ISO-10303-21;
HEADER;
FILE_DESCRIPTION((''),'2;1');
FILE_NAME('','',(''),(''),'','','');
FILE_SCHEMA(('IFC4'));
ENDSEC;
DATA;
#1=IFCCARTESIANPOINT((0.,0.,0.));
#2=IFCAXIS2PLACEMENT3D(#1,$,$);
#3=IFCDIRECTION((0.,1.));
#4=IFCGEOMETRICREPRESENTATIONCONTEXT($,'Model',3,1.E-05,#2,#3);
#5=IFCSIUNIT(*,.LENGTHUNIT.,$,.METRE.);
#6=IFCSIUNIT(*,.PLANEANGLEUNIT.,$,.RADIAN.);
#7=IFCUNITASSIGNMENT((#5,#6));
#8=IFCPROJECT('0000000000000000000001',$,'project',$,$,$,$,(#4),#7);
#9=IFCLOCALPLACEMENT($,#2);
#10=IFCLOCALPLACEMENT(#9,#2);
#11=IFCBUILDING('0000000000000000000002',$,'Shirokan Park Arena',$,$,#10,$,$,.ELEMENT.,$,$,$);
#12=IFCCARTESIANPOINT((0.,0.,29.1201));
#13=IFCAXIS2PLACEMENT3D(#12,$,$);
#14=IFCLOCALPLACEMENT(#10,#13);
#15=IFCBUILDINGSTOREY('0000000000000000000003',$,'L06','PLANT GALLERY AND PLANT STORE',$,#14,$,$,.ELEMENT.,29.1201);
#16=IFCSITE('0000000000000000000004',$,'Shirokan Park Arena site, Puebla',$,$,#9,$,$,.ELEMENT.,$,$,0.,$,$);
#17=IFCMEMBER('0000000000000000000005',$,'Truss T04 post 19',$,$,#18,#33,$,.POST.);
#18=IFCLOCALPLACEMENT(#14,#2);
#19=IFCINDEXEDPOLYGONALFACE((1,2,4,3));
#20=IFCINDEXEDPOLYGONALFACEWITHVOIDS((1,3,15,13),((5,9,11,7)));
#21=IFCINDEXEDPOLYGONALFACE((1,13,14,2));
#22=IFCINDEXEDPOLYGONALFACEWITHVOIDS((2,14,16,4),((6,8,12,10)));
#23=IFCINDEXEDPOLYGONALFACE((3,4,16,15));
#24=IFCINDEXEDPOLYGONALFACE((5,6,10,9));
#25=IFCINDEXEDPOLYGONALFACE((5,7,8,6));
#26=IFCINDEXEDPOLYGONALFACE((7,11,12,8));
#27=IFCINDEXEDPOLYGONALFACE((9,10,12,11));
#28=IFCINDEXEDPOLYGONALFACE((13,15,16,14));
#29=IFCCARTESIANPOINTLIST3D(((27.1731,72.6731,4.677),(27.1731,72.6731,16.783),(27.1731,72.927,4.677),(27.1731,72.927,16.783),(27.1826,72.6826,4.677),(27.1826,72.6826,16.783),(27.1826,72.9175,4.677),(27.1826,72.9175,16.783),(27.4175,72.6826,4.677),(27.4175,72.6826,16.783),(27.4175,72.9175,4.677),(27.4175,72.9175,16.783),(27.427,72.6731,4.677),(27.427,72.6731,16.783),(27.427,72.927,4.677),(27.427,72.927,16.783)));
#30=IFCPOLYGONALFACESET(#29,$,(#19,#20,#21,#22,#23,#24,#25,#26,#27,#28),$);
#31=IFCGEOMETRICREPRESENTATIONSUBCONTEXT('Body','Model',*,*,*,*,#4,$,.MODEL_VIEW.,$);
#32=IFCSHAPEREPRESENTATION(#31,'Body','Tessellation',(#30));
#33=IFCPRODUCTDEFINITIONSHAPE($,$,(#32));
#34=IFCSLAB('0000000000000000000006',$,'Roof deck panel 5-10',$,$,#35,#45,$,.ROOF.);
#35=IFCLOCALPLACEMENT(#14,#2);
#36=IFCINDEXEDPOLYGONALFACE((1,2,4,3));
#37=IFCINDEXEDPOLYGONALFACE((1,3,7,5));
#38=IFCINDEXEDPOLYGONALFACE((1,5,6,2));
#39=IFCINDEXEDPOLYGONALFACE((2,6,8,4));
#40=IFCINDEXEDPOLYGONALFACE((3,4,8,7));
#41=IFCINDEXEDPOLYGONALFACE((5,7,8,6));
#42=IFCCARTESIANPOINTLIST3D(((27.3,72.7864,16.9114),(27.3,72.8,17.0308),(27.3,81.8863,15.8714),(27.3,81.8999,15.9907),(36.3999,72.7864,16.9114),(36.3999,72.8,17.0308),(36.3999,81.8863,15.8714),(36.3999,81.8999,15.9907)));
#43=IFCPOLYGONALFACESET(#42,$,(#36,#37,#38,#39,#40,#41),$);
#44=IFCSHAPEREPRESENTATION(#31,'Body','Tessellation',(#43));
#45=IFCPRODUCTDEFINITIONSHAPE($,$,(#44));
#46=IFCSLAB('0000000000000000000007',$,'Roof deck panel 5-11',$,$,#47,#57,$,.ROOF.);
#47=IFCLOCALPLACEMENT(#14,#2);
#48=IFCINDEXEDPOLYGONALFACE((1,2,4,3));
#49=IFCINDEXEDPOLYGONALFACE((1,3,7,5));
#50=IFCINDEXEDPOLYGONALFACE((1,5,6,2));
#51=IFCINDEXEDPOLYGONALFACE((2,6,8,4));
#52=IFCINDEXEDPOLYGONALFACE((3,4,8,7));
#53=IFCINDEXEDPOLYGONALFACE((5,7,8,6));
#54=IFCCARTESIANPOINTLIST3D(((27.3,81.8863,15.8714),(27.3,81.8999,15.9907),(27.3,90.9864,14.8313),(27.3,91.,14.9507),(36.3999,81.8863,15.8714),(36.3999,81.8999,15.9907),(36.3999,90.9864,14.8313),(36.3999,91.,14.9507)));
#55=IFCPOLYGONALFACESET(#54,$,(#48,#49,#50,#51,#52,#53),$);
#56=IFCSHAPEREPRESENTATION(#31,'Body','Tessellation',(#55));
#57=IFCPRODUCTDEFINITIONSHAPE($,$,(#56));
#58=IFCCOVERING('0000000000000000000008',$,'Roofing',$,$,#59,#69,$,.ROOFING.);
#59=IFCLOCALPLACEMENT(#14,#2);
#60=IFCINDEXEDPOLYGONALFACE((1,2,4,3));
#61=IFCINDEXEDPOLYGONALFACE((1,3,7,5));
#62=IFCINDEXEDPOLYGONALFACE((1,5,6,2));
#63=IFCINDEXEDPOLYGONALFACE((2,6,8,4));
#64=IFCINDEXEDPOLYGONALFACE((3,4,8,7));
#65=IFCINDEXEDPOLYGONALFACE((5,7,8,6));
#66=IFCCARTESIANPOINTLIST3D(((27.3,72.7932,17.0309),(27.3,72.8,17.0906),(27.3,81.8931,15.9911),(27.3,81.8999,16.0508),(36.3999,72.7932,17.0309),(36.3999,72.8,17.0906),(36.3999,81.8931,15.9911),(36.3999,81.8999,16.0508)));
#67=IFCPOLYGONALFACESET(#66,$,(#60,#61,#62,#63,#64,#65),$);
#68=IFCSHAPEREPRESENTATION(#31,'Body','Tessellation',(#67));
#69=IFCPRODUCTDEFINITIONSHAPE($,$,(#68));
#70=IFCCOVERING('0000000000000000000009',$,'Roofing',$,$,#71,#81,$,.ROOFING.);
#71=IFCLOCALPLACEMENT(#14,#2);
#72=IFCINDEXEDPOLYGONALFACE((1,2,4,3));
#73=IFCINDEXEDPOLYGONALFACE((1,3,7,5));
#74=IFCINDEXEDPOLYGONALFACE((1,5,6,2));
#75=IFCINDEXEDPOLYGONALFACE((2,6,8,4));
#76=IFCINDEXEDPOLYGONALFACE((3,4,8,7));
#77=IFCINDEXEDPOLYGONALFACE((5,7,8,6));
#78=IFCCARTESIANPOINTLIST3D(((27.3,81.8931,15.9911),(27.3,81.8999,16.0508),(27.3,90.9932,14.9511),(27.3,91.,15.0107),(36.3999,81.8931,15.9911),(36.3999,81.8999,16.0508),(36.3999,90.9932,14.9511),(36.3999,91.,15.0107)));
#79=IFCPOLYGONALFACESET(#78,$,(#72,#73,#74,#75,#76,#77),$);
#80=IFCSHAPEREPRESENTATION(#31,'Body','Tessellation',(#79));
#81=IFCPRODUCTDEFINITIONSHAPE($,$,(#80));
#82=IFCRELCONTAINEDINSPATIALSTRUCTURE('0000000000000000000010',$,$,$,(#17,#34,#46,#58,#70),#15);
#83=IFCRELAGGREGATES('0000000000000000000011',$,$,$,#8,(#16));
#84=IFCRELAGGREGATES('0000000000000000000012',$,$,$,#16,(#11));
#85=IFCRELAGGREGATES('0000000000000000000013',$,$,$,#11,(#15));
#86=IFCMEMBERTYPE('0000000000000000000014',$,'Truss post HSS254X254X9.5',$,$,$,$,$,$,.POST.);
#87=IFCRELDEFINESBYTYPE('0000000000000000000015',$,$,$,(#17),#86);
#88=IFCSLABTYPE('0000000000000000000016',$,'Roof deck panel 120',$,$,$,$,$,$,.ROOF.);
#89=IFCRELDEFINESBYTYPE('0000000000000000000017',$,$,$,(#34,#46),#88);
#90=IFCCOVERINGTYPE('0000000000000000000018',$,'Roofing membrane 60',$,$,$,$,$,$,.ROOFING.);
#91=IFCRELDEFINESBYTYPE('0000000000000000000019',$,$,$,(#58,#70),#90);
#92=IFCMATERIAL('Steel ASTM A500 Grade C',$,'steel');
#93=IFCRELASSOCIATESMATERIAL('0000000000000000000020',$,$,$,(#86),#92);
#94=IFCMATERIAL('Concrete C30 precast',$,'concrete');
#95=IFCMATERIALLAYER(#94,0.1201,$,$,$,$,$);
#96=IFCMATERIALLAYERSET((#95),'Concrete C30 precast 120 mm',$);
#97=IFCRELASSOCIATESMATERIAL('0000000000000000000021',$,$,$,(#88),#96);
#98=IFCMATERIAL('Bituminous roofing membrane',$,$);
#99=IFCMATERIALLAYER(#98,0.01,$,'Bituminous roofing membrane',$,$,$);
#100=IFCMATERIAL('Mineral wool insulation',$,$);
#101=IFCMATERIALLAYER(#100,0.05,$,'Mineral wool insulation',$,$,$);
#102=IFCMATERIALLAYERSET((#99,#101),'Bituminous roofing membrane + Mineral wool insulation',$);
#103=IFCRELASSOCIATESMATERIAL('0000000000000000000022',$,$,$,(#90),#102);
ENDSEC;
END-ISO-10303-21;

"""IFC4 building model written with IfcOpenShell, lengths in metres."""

from ifc_helpers import new_model, si_unit, direction, frame, origin, origin_2d, place, context, subcontext, project, spatial, polyline, hollow_rectangle, outline, extrude, material, layer, layer_set, material_profile, profile_set, type_object, element, save


model = new_model("IFC4")

# Units and contexts
model_context = context("Model", 3, precision=1e-05, world=origin(), true_north=direction((0.0, 1.0)))
body_context = subcontext(model_context, "Body", "Model", "MODEL_VIEW")
ifc_project = project(units=[si_unit("LENGTHUNIT", "METRE"), si_unit("PLANEANGLEUNIT", "RADIAN")], contexts=[model_context])

# Site, building, storey
site_placement = place(None, origin())
site = spatial("IfcSite", under=ifc_project, at=site_placement, Name="Shirokan Park Arena site, Puebla", CompositionType="ELEMENT", RefElevation=0.0)
building_placement = place(site_placement, origin())
building = spatial("IfcBuilding", under=site, at=building_placement, Name="Shirokan Park Arena", CompositionType="ELEMENT")
storey_placement = place(building_placement, frame((0.0, 0.0, 29.1201)))
storey = spatial("IfcBuildingStorey", under=building, at=storey_placement, Name="L06", Description="PLANT GALLERY AND PLANT STORE", CompositionType="ELEMENT", Elevation=29.1201)

# Member
ifc_material_1 = material(Name="Steel ASTM A500 Grade C", Category="steel")
ifc_material_profile_1 = material_profile(ifc_material_1, hollow_rectangle(XDim=0.2539, YDim=0.2539, WallThickness=0.0095, at=origin_2d()), Name="HSS254X254X9.5")
ifc_profile_set_1 = profile_set([ifc_material_profile_1], Name="Steel ASTM A500 Grade C")
member_type_1 = type_object("IfcMemberType", Name="Truss post HSS254X254X9.5", PredefinedType="POST", material=ifc_profile_set_1)
member_1_placement = place(storey_placement, frame((27.3, 72.8, 4.677), z_axis=(0.0, 0.0, 1.0), x_axis=(1.0, 0.0, 0.0)))
element("IfcMember", 1, at=member_1_placement, inside=storey, type_object=member_type_1, Name="Truss T04 post 19", PredefinedType="POST", context=body_context, shape_type="SweptSolid", body=[
    extrude(hollow_rectangle(XDim=0.2539, YDim=0.2539, WallThickness=0.0095, at=origin_2d()), origin(), (0.0, 0.0, 1.0), 12.106),
])

# Slabs
ifc_material_2 = material(Name="Concrete C30 precast", Category="concrete")
ifc_layer_1 = layer(ifc_material_2, 0.1201)
ifc_layer_set_1 = layer_set([ifc_layer_1], Name="Concrete C30 precast 120 mm")
slab_type = type_object("IfcSlabType", Name="Roof deck panel 120", PredefinedType="ROOF", material=ifc_layer_set_1)
slab_1_placement = place(storey_placement, frame((27.3, 72.8, 17.0308), z_axis=(0.0, 0.113553, 0.993532), x_axis=(1.0, 0.0, 0.0)))
element("IfcSlab", 2, at=slab_1_placement, inside=storey, type_object=slab_type, Name="Roof deck panel 5-10", PredefinedType="ROOF", context=body_context, shape_type="SweptSolid", body=[
    extrude(outline(polyline([(0.0, 0.0), (9.0999, 0.0), (9.0999, 9.1591), (0.0, 9.1591), (0.0, 0.0)])), origin(), (0.0, 0.0, -1.0), 0.1201),
])
slab_2_placement = place(storey_placement, frame((27.3, 81.8999, 15.9907), z_axis=(0.0, 0.11355, 0.993532), x_axis=(1.0, 0.0, 0.0)))
element("IfcSlab", 3, at=slab_2_placement, inside=storey, type_object=slab_type, Name="Roof deck panel 5-11", PredefinedType="ROOF", context=body_context, shape_type="SweptSolid", body=[
    extrude(outline(polyline([(0.0, 0.0), (9.0999, 0.0), (9.0999, 9.1593), (0.0, 9.1593), (0.0, 0.0)])), origin(), (0.0, 0.0, -1.0), 0.1201),
])

# Coverings
ifc_material_3 = material(Name="Bituminous roofing membrane")
ifc_layer_2 = layer(ifc_material_3, 0.01, Name="Bituminous roofing membrane")
ifc_material_4 = material(Name="Mineral wool insulation")
ifc_layer_3 = layer(ifc_material_4, 0.05, Name="Mineral wool insulation")
ifc_layer_set_2 = layer_set([ifc_layer_2, ifc_layer_3], Name="Bituminous roofing membrane + Mineral wool insulation")
covering_type = type_object("IfcCoveringType", Name="Roofing membrane 60", PredefinedType="ROOFING", material=ifc_layer_set_2)
covering_1_placement = place(storey_placement, frame((27.3, 72.8, 17.0906), z_axis=(0.0, 0.113526, 0.993535), x_axis=(1.0, 0.0, 0.0)))
element("IfcCovering", 4, at=covering_1_placement, inside=storey, type_object=covering_type, Name="Roofing", PredefinedType="ROOFING", context=body_context, shape_type="SweptSolid", body=[
    extrude(outline(polyline([(0.0, 0.0), (9.0999, 0.0), (9.0999, 9.1591), (0.0, 9.1591), (0.0, 0.0)])), origin(), (0.0, 0.0, -1.0), 0.0601),
])
covering_2_placement = place(storey_placement, frame((27.3, 81.8999, 16.0508), z_axis=(0.0, 0.11355, 0.993532), x_axis=(1.0, 0.0, 0.0)))
element("IfcCovering", 5, at=covering_2_placement, inside=storey, type_object=covering_type, Name="Roofing", PredefinedType="ROOFING", context=body_context, shape_type="SweptSolid", body=[
    extrude(outline(polyline([(0.0, 0.0), (9.0999, 0.0), (9.0999, 9.1593), (0.0, 9.1593), (0.0, 0.0)])), origin(), (0.0, 0.0, -1.0), 0.0601),
])

save(model, "model.ifc")
